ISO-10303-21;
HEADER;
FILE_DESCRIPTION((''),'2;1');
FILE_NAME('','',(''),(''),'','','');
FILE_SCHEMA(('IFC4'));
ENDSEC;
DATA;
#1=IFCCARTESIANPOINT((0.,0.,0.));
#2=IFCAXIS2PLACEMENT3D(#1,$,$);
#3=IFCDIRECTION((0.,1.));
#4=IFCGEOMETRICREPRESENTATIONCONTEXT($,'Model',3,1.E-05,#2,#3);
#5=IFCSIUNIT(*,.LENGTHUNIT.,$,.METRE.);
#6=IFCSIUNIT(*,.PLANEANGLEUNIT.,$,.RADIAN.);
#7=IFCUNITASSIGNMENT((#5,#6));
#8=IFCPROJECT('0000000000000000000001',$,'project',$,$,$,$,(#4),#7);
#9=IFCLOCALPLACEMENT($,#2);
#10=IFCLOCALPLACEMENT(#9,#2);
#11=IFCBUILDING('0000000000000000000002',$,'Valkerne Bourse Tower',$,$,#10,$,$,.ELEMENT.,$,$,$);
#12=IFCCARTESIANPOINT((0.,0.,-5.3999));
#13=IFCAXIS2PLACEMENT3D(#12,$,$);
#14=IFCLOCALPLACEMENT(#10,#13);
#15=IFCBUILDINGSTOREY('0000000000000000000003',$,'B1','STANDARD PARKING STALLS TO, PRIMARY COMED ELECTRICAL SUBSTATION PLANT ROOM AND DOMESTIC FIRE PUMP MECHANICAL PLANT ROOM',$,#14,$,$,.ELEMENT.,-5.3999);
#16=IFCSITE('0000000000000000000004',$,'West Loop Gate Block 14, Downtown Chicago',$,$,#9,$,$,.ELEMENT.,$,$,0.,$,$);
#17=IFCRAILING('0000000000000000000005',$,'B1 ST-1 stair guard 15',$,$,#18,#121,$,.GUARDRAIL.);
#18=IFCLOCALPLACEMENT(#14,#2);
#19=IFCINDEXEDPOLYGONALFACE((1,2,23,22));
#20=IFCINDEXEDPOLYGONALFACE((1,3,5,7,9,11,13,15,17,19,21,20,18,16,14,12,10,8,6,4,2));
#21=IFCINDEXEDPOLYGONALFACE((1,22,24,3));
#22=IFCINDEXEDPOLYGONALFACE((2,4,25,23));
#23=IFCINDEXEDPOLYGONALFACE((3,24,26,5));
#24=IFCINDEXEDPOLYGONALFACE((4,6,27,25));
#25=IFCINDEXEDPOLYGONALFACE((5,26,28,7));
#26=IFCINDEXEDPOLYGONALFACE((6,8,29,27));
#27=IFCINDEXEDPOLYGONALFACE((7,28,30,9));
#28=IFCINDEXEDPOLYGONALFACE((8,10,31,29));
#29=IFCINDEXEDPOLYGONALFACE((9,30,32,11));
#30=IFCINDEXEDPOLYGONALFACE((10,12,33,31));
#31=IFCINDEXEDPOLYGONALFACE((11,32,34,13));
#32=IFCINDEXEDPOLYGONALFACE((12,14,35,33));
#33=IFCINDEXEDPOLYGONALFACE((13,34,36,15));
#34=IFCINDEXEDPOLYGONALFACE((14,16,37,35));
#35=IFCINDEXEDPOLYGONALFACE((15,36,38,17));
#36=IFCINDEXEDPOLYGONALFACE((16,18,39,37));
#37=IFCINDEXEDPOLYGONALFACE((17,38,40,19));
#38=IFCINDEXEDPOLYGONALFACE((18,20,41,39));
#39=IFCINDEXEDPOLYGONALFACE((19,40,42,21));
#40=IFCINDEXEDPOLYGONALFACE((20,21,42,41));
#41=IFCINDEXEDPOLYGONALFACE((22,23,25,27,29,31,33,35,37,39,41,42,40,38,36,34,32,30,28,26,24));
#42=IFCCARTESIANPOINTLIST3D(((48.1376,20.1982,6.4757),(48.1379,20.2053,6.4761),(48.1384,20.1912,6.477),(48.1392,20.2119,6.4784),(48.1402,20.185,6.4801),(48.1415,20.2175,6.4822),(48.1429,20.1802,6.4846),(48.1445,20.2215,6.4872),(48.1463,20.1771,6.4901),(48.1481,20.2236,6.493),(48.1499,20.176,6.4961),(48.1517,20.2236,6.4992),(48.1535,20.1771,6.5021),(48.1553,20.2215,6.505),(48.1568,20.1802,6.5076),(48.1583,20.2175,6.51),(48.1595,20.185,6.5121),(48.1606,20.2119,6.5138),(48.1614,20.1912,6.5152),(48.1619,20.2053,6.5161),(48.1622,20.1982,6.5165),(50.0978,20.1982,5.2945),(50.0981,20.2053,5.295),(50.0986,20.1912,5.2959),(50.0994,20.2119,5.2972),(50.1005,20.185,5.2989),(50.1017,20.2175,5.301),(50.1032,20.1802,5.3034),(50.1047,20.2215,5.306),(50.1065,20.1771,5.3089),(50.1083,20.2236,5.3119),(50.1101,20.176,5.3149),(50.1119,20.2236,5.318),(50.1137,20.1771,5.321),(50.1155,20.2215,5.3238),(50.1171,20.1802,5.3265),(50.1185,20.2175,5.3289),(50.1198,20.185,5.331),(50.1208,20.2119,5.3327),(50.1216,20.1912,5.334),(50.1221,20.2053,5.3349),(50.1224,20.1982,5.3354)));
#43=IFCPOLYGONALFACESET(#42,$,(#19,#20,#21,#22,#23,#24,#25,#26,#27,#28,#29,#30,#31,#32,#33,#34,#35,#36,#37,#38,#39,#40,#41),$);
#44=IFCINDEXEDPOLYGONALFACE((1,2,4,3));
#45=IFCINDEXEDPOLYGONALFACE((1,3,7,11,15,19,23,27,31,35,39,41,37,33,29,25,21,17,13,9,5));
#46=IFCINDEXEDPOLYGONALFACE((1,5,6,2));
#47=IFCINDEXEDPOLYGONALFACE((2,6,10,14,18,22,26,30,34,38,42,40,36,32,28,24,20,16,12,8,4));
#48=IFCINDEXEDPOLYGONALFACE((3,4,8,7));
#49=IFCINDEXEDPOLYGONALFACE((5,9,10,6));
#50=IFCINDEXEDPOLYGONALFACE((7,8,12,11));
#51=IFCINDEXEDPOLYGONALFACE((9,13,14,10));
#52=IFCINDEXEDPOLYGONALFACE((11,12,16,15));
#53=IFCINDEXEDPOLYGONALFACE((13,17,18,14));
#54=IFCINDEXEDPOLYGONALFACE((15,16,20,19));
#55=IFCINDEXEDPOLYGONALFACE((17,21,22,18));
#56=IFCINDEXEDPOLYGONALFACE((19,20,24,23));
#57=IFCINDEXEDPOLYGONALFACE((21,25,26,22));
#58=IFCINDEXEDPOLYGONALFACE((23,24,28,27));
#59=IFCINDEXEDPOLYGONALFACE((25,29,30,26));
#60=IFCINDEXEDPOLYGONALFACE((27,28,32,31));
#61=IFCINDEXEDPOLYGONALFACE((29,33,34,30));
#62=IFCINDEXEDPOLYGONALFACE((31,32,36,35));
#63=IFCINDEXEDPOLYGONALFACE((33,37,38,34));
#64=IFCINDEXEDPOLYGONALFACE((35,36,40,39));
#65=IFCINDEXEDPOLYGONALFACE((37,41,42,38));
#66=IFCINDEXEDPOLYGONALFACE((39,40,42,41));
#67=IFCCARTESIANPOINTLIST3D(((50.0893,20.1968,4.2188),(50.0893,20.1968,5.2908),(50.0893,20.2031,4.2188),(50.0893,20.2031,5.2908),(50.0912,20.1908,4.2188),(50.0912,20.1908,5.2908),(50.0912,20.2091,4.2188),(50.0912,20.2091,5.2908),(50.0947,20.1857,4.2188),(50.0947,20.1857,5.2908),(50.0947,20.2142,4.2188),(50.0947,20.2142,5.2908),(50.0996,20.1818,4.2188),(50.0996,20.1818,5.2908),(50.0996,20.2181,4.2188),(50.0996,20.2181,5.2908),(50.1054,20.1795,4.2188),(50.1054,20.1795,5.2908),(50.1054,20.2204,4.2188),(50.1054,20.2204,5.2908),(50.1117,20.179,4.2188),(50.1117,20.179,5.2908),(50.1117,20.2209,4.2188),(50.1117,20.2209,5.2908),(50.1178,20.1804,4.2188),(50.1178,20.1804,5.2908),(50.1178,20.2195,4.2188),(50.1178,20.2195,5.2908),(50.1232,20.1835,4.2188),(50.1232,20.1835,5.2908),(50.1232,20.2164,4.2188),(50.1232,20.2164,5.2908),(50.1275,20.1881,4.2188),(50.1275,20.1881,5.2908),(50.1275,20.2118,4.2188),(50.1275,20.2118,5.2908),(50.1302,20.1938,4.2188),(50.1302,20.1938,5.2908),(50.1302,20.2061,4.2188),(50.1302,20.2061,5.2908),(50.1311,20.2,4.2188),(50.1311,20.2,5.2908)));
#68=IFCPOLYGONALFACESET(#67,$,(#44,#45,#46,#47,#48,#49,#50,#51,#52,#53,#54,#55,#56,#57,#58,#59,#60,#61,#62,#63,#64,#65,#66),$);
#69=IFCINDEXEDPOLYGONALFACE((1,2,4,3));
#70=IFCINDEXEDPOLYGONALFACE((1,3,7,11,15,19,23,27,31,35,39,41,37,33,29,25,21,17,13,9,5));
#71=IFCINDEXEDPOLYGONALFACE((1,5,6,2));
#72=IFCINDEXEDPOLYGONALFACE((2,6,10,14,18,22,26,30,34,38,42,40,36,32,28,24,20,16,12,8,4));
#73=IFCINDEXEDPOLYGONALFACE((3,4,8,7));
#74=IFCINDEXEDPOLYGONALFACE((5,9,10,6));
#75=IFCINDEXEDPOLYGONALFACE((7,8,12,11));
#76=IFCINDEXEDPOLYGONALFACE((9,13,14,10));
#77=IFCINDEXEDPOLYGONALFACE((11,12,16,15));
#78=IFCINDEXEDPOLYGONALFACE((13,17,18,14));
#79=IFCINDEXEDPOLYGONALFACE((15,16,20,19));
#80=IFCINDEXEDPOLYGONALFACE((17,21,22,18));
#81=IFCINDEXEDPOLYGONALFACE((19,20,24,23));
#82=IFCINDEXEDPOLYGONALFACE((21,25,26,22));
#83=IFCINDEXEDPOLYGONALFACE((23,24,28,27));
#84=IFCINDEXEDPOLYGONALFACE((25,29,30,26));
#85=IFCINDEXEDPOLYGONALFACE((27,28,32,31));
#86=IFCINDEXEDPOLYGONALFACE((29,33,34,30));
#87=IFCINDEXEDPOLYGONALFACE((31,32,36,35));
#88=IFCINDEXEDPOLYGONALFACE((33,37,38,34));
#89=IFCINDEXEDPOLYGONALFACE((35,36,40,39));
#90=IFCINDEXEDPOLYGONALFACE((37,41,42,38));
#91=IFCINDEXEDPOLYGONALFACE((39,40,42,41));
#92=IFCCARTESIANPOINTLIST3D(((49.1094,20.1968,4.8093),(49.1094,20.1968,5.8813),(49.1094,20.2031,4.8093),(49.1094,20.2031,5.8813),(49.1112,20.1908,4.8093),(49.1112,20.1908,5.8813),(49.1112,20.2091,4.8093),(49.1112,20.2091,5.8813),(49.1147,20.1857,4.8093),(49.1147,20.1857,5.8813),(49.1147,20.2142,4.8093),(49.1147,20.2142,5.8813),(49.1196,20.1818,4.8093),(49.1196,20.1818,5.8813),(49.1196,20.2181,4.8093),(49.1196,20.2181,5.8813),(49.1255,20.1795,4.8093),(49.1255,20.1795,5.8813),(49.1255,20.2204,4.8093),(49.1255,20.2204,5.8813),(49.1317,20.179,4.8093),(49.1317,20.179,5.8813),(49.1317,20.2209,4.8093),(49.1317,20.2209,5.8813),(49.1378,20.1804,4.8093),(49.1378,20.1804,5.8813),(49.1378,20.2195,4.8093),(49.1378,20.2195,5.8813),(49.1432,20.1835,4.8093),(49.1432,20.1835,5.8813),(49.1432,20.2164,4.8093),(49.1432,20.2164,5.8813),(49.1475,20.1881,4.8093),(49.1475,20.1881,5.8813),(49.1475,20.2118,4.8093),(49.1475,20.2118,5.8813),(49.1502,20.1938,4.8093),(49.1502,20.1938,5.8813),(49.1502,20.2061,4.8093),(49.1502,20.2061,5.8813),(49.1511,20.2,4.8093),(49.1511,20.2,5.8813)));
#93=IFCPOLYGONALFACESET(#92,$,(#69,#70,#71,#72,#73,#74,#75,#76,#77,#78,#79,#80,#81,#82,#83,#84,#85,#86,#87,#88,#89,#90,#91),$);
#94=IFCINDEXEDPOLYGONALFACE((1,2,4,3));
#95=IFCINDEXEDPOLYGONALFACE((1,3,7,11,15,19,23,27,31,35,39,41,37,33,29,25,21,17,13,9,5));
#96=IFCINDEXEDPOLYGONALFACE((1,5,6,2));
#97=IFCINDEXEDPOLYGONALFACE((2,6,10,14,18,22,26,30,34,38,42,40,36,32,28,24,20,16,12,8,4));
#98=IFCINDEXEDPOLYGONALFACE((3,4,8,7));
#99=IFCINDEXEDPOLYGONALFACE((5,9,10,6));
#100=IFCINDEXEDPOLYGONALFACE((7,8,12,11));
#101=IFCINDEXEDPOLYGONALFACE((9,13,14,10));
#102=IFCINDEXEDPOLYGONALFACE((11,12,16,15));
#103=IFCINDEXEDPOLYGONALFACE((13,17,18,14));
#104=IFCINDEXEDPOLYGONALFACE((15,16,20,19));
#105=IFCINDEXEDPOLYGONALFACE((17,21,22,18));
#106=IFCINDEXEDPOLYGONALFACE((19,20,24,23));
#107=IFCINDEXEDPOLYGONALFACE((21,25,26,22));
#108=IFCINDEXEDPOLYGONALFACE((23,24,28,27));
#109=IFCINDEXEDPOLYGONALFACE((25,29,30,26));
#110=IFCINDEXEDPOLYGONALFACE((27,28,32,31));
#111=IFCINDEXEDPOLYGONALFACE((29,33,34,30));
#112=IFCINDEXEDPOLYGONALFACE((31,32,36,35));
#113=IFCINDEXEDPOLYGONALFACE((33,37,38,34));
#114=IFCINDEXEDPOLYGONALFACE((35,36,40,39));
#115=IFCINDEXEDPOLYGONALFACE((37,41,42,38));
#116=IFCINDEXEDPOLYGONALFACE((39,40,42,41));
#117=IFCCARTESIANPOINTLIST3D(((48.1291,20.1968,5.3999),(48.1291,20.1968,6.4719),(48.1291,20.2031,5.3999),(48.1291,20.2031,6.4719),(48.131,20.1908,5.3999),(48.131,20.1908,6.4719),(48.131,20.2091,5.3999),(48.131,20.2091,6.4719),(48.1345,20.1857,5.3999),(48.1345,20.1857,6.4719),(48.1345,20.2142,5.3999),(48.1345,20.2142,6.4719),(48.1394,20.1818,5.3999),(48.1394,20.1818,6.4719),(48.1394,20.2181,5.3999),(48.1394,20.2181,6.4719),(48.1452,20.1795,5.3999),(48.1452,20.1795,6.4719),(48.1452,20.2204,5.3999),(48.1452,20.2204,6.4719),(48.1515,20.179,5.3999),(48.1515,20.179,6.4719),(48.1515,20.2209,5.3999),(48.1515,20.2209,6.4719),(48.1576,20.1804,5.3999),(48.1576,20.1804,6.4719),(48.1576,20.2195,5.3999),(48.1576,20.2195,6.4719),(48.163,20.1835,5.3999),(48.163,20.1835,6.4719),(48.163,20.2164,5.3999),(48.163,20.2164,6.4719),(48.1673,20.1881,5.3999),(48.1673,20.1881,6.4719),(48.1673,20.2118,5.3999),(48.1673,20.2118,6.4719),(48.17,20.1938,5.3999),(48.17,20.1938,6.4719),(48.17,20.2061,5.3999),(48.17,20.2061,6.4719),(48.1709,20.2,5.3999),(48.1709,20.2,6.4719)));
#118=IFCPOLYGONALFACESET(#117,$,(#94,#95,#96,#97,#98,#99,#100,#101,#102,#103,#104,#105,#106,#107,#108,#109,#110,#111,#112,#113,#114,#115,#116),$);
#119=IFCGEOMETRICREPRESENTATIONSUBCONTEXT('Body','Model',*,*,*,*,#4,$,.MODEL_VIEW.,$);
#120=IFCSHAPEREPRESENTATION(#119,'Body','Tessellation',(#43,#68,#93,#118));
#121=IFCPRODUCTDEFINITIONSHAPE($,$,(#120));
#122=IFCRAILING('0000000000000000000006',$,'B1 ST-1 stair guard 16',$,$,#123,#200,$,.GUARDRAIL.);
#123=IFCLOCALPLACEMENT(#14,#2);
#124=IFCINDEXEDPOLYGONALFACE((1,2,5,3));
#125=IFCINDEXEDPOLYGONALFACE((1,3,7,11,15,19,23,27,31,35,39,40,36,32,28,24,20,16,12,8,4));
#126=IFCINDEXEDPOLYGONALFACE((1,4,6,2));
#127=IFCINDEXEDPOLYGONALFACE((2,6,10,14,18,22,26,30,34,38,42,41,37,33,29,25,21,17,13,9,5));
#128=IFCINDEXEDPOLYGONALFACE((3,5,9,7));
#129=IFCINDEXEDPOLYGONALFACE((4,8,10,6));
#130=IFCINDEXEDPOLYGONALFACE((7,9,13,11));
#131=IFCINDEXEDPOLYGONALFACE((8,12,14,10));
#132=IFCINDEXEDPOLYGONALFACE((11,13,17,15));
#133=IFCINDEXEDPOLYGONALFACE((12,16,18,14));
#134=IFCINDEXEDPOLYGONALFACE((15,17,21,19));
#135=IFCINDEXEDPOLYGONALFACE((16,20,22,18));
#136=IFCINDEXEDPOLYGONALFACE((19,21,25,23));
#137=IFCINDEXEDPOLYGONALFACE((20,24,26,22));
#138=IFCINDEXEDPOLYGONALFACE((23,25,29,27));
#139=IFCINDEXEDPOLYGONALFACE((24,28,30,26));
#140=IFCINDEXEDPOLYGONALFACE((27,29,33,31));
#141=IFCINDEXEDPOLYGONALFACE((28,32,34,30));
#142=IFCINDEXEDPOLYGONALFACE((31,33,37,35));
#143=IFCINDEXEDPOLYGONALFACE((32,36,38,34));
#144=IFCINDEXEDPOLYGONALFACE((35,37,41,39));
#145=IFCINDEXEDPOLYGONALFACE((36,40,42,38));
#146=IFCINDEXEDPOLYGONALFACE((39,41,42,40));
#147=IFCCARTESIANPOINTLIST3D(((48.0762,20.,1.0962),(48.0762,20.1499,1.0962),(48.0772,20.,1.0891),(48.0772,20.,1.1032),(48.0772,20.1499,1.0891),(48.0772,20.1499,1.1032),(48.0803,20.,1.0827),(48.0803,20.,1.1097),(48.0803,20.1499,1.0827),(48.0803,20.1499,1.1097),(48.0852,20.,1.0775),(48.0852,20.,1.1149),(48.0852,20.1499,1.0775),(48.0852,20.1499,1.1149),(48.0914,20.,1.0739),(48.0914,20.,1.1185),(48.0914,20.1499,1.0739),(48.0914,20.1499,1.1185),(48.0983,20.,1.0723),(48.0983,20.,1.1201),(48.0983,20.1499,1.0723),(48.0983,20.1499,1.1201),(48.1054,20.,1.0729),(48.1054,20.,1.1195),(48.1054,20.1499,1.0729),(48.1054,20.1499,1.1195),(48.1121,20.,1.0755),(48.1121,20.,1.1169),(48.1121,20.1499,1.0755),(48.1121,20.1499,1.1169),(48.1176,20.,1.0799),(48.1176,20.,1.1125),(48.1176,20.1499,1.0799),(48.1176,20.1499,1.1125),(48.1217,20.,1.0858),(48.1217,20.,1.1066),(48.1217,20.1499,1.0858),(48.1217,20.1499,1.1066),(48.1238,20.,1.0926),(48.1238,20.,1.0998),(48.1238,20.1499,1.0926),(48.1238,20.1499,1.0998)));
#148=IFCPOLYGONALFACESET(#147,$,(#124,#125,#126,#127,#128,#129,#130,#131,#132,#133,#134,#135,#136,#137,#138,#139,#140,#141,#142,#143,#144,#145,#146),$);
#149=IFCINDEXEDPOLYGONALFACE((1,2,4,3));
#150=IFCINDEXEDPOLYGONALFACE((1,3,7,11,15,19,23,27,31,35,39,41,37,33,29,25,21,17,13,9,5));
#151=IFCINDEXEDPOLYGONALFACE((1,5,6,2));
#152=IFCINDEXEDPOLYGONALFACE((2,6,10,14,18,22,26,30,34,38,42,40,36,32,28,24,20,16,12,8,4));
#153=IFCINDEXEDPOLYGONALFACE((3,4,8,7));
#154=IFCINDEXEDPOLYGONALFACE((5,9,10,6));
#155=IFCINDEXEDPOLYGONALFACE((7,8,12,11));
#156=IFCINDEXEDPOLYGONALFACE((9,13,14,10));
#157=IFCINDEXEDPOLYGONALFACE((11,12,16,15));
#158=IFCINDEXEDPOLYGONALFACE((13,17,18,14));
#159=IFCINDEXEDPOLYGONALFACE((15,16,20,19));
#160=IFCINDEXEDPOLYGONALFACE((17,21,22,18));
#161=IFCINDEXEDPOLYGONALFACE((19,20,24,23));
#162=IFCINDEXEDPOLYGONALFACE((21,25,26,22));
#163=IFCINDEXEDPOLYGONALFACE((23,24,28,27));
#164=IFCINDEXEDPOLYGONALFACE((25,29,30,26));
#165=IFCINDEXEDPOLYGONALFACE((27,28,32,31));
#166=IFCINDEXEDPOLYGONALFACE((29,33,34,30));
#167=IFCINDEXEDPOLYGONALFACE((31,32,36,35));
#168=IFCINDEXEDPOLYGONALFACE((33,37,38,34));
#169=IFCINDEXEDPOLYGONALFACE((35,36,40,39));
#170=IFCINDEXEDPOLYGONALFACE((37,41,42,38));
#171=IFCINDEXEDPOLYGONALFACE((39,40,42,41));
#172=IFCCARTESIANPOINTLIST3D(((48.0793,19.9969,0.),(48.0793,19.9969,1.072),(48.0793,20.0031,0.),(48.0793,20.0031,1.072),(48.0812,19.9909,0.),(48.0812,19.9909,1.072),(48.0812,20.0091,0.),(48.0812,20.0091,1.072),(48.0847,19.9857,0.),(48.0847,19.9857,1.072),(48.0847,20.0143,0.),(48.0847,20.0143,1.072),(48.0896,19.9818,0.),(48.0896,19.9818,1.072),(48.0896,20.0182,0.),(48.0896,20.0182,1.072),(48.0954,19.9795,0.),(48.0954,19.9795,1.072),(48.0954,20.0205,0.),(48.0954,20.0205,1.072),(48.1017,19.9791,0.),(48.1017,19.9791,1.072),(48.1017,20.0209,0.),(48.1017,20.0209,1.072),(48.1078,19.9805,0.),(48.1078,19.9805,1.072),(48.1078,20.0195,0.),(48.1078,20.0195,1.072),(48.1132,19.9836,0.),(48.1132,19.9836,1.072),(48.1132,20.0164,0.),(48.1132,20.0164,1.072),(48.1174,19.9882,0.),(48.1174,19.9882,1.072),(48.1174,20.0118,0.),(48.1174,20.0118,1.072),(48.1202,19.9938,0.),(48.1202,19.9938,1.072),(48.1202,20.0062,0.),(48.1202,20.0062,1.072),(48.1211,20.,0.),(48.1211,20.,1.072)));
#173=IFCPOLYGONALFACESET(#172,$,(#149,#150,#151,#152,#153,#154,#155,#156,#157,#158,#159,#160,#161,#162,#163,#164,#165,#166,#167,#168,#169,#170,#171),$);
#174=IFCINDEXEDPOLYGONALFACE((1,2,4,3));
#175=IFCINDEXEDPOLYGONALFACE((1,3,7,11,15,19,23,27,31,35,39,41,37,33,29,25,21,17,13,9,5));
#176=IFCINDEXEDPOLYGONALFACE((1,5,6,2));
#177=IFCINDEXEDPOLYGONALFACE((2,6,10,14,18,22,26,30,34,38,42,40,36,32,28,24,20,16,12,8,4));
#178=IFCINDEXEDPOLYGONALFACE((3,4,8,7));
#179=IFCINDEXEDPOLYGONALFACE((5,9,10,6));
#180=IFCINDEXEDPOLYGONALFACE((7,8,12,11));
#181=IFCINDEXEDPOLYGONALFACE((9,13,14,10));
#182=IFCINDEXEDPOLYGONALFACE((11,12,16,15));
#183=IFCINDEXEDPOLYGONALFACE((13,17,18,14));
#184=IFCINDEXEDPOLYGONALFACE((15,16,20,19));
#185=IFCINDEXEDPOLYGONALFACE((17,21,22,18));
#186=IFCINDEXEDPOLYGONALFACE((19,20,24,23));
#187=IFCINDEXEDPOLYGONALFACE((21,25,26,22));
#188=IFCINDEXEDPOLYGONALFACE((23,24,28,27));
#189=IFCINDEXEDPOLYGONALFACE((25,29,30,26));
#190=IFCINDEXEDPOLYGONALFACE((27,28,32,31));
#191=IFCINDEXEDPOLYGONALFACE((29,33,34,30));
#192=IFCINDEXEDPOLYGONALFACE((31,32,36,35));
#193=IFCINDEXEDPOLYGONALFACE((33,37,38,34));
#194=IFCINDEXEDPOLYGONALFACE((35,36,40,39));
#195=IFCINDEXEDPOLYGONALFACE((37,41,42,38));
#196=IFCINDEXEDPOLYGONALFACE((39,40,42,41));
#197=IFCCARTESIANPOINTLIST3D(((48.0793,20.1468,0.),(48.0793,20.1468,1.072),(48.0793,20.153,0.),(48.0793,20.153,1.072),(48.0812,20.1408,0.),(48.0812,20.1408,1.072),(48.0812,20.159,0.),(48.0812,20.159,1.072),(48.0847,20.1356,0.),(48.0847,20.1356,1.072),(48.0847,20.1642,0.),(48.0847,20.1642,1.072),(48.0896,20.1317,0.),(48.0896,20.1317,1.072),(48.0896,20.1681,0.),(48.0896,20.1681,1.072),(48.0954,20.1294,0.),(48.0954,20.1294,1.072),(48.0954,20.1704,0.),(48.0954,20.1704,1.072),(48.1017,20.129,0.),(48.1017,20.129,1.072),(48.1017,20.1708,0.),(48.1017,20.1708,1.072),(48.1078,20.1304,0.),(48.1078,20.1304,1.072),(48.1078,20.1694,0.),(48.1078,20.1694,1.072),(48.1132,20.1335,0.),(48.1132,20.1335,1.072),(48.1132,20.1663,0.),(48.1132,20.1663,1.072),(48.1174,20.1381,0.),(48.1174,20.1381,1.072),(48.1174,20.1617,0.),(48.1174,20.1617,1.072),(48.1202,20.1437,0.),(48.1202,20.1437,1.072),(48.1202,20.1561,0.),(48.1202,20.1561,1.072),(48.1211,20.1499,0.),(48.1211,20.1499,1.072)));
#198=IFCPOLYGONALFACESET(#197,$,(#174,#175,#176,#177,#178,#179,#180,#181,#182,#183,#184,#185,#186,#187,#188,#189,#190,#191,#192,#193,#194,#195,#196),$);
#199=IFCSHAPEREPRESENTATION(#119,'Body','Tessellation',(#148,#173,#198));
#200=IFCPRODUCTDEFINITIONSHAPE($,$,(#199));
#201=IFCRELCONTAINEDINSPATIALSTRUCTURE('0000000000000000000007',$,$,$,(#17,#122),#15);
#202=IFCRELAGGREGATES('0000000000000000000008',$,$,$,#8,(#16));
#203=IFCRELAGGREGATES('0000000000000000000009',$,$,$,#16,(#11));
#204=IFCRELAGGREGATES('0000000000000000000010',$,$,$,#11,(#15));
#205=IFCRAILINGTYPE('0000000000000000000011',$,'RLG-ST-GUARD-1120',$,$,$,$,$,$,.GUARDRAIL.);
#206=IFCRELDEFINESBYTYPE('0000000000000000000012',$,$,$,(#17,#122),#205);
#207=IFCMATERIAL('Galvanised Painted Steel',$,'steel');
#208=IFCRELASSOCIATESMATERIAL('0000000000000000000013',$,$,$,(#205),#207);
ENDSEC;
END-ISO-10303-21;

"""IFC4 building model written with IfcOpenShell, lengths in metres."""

from ifc_helpers import new_model, si_unit, direction, frame, origin, origin_2d, place, context, subcontext, project, spatial, circle, extrude, material, type_object, element, save


model = new_model("IFC4")

# Units and contexts
model_context = context("Model", 3, precision=1e-05, world=origin(), true_north=direction((0.0, 1.0)))
body_context = subcontext(model_context, "Body", "Model", "MODEL_VIEW")
ifc_project = project(units=[si_unit("LENGTHUNIT", "METRE"), si_unit("PLANEANGLEUNIT", "RADIAN")], contexts=[model_context])

# Site, building, storey
site_placement = place(None, origin())
site = spatial("IfcSite", under=ifc_project, at=site_placement, Name="West Loop Gate Block 14, Downtown Chicago", CompositionType="ELEMENT", RefElevation=0.0)
building_placement = place(site_placement, origin())
building = spatial("IfcBuilding", under=site, at=building_placement, Name="Valkerne Bourse Tower", CompositionType="ELEMENT")
storey_placement = place(building_placement, frame((0.0, 0.0, -5.3999)))
storey = spatial("IfcBuildingStorey", under=building, at=storey_placement, Name="B1", Description="STANDARD PARKING STALLS TO, PRIMARY COMED ELECTRICAL SUBSTATION PLANT ROOM AND DOMESTIC FIRE PUMP MECHANICAL PLANT ROOM", CompositionType="ELEMENT", Elevation=-5.3999)

# Shared definitions
ifc_material_1 = material(Name="Galvanised Painted Steel", Category="steel")

# Railings
railing_type_1 = type_object("IfcRailingType", Name="RLG-ST-GUARD-1120", PredefinedType="GUARDRAIL", material=ifc_material_1)
railing_1_placement = place(storey_placement, frame((50.1101, 20.2, 4.2188)))
element("IfcRailing", 1, at=railing_1_placement, inside=storey, type_object=railing_type_1, Name="B1 ST-1 stair guard 15", PredefinedType="GUARDRAIL", context=body_context, shape_type="SweptSolid", body=[
    extrude(circle(Radius=0.0239, at=origin_2d()), frame((0.0, 0.0, 1.0962), z_axis=(-0.856522, 0.0, 0.516111), x_axis=(0.0, -1.0, 0.0)), (0.0, 0.0, 1.0), 2.2886),
    extrude(circle(Radius=0.021, at=origin_2d()), origin(), (0.0, 0.0, 1.0), 1.072),
    extrude(circle(Radius=0.021, at=origin_2d()), frame((-0.98, 0.0, 0.5906)), (0.0, 0.0, 1.0), 1.072),
    extrude(circle(Radius=0.021, at=origin_2d()), frame((-1.9602, 0.0, 1.1812)), (0.0, 0.0, 1.0), 1.072),
])
railing_2_placement = place(storey_placement, frame((48.1001, 20.0, 0.0)))
element("IfcRailing", 2, at=railing_2_placement, inside=storey, type_object=railing_type_1, Name="B1 ST-1 stair guard 16", PredefinedType="GUARDRAIL", context=body_context, shape_type="SweptSolid", body=[
    extrude(circle(Radius=0.0239, at=origin_2d()), frame((0.0, 0.0, 1.0962), z_axis=(0.0, 1.0, 0.0), x_axis=(-1.0, 0.0, 0.0)), (0.0, 0.0, 1.0), 0.1499),
    extrude(circle(Radius=0.021, at=origin_2d()), origin(), (0.0, 0.0, 1.0), 1.072),
    extrude(circle(Radius=0.021, at=origin_2d()), frame((0.0, 0.1499, 0.0)), (0.0, 0.0, 1.0), 1.072),
])

save(model, "model.ifc")
